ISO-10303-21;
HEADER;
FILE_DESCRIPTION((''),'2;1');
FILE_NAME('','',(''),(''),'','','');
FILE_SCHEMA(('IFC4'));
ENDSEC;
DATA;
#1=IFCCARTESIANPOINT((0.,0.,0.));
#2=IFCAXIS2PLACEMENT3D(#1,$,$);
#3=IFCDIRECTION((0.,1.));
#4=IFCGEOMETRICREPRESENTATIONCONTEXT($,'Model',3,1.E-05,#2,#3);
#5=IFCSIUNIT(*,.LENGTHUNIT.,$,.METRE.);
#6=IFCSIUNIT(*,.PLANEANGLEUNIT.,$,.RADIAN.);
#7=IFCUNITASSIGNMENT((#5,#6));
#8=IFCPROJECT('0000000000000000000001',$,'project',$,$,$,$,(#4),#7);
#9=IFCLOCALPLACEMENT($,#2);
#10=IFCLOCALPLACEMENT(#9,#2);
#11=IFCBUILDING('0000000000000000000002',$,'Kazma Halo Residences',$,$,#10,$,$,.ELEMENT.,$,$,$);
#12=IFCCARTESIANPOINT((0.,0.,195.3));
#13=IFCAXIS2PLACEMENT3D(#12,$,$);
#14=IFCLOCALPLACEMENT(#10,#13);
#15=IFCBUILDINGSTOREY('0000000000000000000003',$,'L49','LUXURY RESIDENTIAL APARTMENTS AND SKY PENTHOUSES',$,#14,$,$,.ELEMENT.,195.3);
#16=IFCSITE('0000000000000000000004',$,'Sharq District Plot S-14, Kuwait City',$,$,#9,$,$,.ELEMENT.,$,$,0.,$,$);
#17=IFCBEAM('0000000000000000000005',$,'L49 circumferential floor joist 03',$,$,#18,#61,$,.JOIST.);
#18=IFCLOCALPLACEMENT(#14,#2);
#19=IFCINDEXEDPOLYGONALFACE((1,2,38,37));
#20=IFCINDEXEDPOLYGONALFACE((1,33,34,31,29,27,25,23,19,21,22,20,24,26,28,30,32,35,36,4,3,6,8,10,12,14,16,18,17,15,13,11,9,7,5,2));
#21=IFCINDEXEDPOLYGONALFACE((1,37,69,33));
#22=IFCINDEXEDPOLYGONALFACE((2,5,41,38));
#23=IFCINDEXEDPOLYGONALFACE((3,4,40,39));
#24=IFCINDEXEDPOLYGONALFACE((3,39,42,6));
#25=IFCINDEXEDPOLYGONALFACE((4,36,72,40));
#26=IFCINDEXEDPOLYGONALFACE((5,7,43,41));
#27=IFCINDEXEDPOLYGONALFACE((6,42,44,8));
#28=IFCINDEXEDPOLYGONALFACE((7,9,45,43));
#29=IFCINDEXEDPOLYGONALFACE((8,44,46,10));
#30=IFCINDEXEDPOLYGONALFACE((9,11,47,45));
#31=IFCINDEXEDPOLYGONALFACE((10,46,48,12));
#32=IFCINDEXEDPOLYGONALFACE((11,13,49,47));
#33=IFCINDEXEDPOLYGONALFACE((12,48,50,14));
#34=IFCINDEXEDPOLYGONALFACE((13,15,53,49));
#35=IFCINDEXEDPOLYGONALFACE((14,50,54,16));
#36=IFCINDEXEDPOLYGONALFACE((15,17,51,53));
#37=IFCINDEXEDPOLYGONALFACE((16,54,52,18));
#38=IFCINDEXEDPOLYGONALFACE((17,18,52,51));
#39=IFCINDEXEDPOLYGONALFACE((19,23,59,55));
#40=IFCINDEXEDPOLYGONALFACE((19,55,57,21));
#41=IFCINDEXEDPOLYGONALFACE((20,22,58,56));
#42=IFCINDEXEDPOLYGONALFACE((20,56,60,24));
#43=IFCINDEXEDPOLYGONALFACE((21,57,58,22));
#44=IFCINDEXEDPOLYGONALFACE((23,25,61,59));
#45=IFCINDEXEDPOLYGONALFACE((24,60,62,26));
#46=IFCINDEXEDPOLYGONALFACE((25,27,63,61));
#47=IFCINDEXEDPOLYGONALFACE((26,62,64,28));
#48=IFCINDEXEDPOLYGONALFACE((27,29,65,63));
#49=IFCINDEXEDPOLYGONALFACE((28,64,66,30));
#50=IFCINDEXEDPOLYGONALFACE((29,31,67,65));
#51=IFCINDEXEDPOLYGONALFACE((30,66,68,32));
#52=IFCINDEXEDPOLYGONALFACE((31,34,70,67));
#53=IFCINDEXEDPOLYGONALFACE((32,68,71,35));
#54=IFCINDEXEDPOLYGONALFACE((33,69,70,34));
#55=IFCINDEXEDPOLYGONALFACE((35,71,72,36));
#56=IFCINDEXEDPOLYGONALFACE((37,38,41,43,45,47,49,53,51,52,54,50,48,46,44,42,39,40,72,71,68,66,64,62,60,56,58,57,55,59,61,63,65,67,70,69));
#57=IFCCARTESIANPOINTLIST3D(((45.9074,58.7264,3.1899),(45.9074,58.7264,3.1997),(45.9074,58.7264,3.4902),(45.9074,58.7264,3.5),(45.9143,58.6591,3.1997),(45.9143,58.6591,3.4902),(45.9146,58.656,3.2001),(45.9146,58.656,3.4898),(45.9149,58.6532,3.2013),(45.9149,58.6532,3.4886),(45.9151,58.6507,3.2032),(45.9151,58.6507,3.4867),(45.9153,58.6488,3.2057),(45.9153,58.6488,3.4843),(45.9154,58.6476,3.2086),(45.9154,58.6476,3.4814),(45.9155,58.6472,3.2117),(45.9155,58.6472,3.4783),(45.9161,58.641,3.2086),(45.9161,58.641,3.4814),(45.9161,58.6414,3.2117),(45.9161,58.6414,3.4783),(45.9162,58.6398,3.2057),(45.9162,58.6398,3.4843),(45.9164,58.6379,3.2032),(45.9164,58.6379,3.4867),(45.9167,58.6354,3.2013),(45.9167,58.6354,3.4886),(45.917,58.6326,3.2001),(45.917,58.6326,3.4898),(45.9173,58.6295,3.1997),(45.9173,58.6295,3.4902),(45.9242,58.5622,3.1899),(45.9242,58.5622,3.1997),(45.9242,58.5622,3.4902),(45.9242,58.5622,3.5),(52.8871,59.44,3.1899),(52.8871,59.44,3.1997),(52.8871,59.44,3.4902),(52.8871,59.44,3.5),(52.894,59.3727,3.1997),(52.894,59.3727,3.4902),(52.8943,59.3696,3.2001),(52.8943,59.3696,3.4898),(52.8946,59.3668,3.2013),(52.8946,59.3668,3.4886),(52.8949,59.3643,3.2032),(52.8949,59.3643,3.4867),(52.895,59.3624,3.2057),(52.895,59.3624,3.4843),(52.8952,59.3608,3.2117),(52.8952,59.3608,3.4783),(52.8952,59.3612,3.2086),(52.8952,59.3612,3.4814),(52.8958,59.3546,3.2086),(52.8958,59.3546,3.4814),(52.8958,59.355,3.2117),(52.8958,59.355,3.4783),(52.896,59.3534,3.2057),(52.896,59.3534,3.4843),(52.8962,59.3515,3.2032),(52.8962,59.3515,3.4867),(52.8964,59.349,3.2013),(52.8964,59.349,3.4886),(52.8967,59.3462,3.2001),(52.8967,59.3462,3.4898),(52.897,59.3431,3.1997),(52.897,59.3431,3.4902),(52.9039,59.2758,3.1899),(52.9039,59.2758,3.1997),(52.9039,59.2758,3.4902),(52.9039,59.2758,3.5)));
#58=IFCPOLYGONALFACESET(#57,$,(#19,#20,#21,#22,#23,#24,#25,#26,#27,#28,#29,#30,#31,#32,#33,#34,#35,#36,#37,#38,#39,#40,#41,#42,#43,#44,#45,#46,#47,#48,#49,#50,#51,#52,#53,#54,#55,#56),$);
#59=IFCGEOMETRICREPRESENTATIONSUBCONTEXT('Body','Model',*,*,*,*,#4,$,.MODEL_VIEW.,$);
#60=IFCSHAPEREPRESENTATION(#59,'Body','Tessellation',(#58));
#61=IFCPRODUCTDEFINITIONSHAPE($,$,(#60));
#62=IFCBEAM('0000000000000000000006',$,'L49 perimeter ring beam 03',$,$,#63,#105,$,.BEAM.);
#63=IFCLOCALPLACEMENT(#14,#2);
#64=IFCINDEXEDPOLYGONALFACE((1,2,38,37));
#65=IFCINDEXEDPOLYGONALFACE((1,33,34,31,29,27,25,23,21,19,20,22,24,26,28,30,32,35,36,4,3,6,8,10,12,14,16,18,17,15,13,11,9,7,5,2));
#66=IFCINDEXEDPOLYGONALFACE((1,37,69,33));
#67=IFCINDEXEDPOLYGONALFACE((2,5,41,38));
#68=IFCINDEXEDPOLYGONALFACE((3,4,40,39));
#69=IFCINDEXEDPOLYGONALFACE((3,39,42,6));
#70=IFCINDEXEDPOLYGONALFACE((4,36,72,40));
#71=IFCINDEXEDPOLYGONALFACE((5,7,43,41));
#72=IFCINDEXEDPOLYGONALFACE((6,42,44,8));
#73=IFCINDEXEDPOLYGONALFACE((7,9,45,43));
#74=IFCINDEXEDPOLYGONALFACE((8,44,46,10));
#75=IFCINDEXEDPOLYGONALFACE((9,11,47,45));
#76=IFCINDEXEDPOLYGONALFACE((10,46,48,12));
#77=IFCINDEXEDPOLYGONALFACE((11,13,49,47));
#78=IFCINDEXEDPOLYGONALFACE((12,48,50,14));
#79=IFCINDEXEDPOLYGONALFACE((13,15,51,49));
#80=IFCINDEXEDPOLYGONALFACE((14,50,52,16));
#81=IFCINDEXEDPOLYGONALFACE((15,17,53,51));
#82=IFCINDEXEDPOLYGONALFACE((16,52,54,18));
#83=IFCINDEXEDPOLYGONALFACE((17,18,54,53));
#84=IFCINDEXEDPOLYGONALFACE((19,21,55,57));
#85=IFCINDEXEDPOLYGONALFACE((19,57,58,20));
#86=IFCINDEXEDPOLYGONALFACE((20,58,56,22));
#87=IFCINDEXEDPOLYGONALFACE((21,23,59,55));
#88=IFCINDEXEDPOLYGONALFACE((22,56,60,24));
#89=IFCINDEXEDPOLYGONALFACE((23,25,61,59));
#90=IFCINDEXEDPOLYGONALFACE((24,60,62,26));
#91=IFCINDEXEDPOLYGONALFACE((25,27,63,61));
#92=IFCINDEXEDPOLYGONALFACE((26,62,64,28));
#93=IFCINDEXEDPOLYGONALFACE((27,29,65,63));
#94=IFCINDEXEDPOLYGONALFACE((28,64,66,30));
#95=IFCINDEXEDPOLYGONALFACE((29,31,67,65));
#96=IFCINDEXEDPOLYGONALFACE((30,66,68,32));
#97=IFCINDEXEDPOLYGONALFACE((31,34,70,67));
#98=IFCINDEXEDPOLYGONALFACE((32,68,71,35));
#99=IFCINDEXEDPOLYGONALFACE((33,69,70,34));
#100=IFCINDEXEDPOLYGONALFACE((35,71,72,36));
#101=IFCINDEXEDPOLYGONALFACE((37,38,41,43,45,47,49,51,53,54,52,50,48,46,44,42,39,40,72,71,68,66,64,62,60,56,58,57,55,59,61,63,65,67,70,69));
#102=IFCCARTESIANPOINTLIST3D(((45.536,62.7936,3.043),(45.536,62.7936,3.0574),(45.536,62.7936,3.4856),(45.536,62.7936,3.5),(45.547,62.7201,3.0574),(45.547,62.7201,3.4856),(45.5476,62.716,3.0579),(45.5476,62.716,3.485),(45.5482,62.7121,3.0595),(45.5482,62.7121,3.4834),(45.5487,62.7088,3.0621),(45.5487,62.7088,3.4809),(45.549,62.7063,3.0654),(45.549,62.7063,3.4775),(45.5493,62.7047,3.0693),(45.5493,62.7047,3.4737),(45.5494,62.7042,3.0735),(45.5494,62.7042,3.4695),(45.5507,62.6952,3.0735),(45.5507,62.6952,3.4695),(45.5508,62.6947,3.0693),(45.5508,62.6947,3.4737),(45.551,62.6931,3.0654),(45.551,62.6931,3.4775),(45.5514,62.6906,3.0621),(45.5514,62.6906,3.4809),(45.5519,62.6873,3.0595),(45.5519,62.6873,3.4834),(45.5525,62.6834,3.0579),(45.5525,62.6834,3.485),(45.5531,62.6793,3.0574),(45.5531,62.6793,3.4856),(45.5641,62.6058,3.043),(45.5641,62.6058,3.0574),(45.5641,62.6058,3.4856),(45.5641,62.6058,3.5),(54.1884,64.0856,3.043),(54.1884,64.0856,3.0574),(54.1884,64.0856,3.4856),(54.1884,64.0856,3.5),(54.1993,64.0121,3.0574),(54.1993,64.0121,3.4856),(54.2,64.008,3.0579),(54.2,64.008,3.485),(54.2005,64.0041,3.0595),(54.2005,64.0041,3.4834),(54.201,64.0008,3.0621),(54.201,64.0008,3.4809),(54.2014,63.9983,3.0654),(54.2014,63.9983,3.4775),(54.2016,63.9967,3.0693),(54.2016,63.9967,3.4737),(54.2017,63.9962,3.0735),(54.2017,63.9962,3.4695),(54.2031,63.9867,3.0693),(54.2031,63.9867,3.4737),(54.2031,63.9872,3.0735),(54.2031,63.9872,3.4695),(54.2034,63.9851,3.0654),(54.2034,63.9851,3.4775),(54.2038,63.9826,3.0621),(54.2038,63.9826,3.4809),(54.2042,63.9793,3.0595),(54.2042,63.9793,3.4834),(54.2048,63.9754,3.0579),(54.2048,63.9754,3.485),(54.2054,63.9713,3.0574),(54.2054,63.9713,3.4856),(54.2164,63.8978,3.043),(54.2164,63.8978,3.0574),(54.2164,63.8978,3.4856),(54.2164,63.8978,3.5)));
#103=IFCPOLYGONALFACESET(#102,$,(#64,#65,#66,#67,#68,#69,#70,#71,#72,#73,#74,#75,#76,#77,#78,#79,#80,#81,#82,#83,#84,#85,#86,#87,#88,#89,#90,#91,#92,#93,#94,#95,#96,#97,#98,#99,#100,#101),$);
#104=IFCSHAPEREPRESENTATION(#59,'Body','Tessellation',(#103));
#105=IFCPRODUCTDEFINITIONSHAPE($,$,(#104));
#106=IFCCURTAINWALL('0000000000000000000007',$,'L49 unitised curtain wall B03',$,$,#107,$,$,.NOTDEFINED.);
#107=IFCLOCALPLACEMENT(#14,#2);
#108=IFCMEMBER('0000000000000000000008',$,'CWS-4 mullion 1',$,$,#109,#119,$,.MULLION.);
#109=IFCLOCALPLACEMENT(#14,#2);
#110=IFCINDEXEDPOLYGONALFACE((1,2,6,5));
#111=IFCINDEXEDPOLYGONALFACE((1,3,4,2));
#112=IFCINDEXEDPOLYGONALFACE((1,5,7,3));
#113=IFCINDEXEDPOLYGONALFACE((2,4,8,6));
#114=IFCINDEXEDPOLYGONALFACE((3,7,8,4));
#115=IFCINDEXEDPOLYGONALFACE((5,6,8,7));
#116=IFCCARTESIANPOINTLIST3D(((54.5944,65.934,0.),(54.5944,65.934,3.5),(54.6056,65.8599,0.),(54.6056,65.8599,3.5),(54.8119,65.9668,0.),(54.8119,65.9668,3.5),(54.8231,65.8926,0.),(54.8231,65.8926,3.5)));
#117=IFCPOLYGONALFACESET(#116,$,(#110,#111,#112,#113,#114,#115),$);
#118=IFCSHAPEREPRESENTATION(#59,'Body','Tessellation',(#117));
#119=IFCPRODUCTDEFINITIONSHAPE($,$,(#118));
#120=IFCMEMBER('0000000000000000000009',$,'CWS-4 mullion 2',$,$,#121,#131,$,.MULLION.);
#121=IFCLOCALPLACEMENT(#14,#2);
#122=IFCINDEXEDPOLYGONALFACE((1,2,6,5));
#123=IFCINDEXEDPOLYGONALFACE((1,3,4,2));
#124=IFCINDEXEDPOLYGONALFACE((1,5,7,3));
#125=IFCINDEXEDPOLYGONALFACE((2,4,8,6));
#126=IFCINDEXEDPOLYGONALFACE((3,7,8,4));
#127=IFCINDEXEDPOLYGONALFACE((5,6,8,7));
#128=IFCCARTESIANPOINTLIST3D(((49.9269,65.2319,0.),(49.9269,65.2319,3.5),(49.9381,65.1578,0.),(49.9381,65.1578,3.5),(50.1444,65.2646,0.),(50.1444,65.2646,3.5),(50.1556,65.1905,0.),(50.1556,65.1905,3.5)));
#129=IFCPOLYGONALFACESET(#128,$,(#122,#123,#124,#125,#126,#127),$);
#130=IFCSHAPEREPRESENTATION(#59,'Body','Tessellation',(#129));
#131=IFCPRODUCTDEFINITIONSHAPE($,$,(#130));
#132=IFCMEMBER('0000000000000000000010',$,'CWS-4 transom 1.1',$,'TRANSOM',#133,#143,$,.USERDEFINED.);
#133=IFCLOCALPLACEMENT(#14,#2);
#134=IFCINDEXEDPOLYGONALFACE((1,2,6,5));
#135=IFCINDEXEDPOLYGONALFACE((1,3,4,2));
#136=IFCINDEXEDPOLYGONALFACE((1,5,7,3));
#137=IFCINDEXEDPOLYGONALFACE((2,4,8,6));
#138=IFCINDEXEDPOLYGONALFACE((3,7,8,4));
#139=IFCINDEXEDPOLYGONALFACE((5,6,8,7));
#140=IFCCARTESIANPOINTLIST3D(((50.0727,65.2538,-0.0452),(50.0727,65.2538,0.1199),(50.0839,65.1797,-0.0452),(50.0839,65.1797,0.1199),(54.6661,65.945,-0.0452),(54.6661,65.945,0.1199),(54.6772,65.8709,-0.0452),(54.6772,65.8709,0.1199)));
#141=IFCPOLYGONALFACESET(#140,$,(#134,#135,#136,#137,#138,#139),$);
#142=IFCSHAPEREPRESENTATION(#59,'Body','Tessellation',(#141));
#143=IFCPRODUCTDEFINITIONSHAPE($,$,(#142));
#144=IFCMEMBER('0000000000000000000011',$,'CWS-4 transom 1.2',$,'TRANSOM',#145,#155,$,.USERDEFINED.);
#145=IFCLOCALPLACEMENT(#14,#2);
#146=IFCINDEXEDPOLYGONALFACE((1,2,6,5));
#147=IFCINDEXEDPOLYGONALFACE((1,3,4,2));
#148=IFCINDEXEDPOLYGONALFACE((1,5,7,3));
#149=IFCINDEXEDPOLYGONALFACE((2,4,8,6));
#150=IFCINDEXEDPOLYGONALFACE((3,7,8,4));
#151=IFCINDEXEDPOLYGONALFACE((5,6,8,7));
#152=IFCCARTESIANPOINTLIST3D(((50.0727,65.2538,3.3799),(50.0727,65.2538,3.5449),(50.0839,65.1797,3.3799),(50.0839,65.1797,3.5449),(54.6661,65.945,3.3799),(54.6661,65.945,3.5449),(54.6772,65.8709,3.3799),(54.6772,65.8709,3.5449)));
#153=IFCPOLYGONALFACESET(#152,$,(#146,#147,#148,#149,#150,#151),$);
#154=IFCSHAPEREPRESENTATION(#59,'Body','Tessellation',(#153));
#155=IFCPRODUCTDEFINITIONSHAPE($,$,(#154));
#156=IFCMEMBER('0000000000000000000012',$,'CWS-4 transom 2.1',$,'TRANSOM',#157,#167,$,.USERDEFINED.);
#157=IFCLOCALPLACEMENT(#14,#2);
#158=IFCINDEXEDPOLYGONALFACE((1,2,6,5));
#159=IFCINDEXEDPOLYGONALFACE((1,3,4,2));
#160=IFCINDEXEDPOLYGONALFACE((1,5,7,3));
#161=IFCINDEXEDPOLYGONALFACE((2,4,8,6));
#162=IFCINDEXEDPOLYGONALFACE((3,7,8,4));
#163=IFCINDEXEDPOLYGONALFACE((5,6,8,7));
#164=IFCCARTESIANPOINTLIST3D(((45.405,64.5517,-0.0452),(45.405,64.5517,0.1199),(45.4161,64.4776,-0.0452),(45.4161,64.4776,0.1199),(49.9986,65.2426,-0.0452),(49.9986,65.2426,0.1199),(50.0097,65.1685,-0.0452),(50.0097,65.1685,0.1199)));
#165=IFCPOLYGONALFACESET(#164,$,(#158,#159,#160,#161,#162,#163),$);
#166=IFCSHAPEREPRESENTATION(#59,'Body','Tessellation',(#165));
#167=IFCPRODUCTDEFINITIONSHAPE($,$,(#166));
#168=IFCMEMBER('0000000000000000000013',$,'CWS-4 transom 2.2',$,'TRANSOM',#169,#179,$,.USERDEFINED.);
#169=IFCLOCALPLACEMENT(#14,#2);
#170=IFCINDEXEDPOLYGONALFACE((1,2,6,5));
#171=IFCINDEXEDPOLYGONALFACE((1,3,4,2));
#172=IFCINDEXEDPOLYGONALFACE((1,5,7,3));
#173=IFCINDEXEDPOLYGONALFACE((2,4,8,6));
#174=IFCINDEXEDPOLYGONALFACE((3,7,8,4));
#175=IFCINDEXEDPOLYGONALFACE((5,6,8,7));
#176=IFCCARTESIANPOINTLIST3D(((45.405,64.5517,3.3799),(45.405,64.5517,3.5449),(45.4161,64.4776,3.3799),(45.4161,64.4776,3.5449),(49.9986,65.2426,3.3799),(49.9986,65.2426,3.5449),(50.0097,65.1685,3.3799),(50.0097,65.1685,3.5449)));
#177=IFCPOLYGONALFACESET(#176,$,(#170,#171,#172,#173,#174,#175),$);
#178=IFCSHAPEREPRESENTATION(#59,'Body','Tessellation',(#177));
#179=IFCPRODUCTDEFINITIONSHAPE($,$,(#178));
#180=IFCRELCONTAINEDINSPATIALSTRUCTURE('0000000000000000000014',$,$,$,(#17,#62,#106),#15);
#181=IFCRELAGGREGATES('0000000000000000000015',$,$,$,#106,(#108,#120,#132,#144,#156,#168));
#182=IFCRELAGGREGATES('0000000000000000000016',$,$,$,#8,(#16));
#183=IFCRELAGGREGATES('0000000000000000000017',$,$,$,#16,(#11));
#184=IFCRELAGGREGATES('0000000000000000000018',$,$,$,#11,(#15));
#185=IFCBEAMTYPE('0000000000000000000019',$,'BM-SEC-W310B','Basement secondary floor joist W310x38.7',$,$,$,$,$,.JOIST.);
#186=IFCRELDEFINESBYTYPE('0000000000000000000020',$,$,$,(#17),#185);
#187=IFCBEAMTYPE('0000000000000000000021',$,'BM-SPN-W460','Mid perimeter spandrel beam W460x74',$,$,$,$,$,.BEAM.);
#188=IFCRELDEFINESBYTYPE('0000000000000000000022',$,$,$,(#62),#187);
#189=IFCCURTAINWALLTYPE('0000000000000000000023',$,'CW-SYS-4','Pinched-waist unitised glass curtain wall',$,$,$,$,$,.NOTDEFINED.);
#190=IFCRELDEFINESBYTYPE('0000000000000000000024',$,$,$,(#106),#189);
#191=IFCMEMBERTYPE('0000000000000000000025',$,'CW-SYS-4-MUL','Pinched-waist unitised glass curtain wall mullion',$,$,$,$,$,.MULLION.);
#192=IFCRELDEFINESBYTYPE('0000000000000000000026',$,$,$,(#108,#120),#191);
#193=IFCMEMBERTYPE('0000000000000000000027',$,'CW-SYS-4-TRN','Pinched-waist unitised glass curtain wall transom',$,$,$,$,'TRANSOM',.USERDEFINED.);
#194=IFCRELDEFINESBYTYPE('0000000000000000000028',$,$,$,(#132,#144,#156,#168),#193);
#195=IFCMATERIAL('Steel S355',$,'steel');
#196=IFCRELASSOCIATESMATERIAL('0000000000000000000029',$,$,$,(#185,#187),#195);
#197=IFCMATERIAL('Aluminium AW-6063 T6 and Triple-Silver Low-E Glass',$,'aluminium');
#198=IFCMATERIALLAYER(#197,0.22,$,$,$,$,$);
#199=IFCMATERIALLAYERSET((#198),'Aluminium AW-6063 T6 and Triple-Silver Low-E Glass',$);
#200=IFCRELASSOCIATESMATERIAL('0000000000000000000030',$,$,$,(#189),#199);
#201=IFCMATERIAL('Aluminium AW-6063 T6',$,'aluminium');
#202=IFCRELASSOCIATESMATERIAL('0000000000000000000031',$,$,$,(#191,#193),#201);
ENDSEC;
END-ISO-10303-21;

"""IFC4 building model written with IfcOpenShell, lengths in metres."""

from ifc_helpers import new_model, si_unit, direction, frame, origin, origin_2d, place, context, subcontext, project, spatial, rectangle, i_section, extrude, material, layer, layer_set, material_profile, profile_set, type_object, element, aggregate, save


model = new_model("IFC4")

# Units and contexts
model_context = context("Model", 3, precision=1e-05, world=origin(), true_north=direction((0.0, 1.0)))
body_context = subcontext(model_context, "Body", "Model", "MODEL_VIEW")
ifc_project = project(units=[si_unit("LENGTHUNIT", "METRE"), si_unit("PLANEANGLEUNIT", "RADIAN")], contexts=[model_context])

# Site, building, storey
site_placement = place(None, origin())
site = spatial("IfcSite", under=ifc_project, at=site_placement, Name="Sharq District Plot S-14, Kuwait City", CompositionType="ELEMENT", RefElevation=0.0)
building_placement = place(site_placement, origin())
building = spatial("IfcBuilding", under=site, at=building_placement, Name="Kazma Halo Residences", CompositionType="ELEMENT")
storey_placement = place(building_placement, frame((0.0, 0.0, 195.3)))
storey = spatial("IfcBuildingStorey", under=building, at=storey_placement, Name="L49", Description="LUXURY RESIDENTIAL APARTMENTS AND SKY PENTHOUSES", CompositionType="ELEMENT", Elevation=195.3)

# Beams
ifc_material_1 = material(Name="Steel S355", Category="steel")
ifc_material_profile_1 = material_profile(ifc_material_1, i_section(OverallWidth=0.165, OverallDepth=0.3101, WebThickness=0.0059, FlangeThickness=0.0098, FilletRadius=0.012, at=origin_2d()), Name="W310x38.7")
ifc_profile_set_1 = profile_set([ifc_material_profile_1], Name="Steel S355")
beam_type_1 = type_object("IfcBeamType", Name="BM-SEC-W310B", Description="Basement secondary floor joist W310x38.7", PredefinedType="JOIST", material=ifc_profile_set_1)
beam_1_placement = place(storey_placement, frame((52.8955, 59.3579, 3.345), z_axis=(-0.994814, -0.101712, 0.0), x_axis=(0.101712, -0.994814, 0.0)))
element("IfcBeam", 1, at=beam_1_placement, inside=storey, type_object=beam_type_1, Name="L49 circumferential floor joist 03", PredefinedType="JOIST", context=body_context, shape_type="SweptSolid", body=[
    extrude(i_section(OverallWidth=0.165, OverallDepth=0.3101, WebThickness=0.0059, FlangeThickness=0.0098, FilletRadius=0.012, at=origin_2d()), origin(), (0.0, 0.0, 1.0), 7.0161),
])
ifc_material_profile_2 = material_profile(ifc_material_1, i_section(OverallWidth=0.1899, OverallDepth=0.457, WebThickness=0.009, FlangeThickness=0.0144, FilletRadius=0.0161, at=origin_2d()), Name="W460x74")
ifc_profile_set_2 = profile_set([ifc_material_profile_2], Name="Steel S355")
beam_type_2 = type_object("IfcBeamType", Name="BM-SPN-W460", Description="Mid perimeter spandrel beam W460x74", PredefinedType="BEAM", material=ifc_profile_set_2)
beam_2_placement = place(storey_placement, frame((54.2024, 63.9917, 3.2715), z_axis=(-0.989034, -0.147685, 0.0), x_axis=(0.147685, -0.989034, 0.0)))
element("IfcBeam", 2, at=beam_2_placement, inside=storey, type_object=beam_type_2, Name="L49 perimeter ring beam 03", PredefinedType="BEAM", context=body_context, shape_type="SweptSolid", body=[
    extrude(i_section(OverallWidth=0.1899, OverallDepth=0.457, WebThickness=0.009, FlangeThickness=0.0144, FilletRadius=0.0161, at=origin_2d()), origin(), (0.0, 0.0, 1.0), 8.7483),
])

# Curtain wall, members
ifc_material_2 = material(Name="Aluminium AW-6063 T6 and Triple-Silver Low-E Glass", Category="aluminium")
ifc_layer_1 = layer(ifc_material_2, 0.22)
ifc_layer_set_1 = layer_set([ifc_layer_1], Name="Aluminium AW-6063 T6 and Triple-Silver Low-E Glass")
curtain_wall_type = type_object("IfcCurtainWallType", Name="CW-SYS-4", Description="Pinched-waist unitised glass curtain wall", PredefinedType="NOTDEFINED", material=ifc_layer_set_1)
curtain_wall_placement = place(storey_placement, origin())
curtain_wall = element("IfcCurtainWall", 3, at=curtain_wall_placement, inside=storey, type_object=curtain_wall_type, Name="L49 unitised curtain wall B03", PredefinedType="NOTDEFINED")
ifc_material_3 = material(Name="Aluminium AW-6063 T6", Category="aluminium")
ifc_material_profile_3 = material_profile(ifc_material_3, rectangle(XDim=0.075, YDim=0.22, at=origin_2d()), Name="CWM-75x220")
ifc_profile_set_3 = profile_set([ifc_material_profile_3], Name="Aluminium AW-6063 T6")
member_type_1 = type_object("IfcMemberType", Name="CW-SYS-4-MUL", Description="Pinched-waist unitised glass curtain wall mullion", PredefinedType="MULLION", material=ifc_profile_set_3)
member_1_placement = place(storey_placement, frame((54.7087, 65.9133, 0.0), z_axis=(0.0, 0.0, 1.0), x_axis=(0.148773, -0.988871, 0.0)))
member_1 = element("IfcMember", 4, at=member_1_placement, type_object=member_type_1, Name="CWS-4 mullion 1", PredefinedType="MULLION", context=body_context, shape_type="SweptSolid", body=[
    extrude(rectangle(XDim=0.075, YDim=0.22, at=origin_2d()), origin(), (0.0, 0.0, 1.0), 3.5),
])
member_2_placement = place(storey_placement, frame((50.0413, 65.2112, 0.0), z_axis=(0.0, 0.0, 1.0), x_axis=(0.148773, -0.988871, 0.0)))
member_2 = element("IfcMember", 5, at=member_2_placement, type_object=member_type_1, Name="CWS-4 mullion 2", PredefinedType="MULLION", context=body_context, shape_type="SweptSolid", body=[
    extrude(rectangle(XDim=0.075, YDim=0.22, at=origin_2d()), origin(), (0.0, 0.0, 1.0), 3.5),
])
ifc_material_profile_4 = material_profile(ifc_material_3, rectangle(XDim=0.075, YDim=0.165, at=origin_2d()), Name="CWT-75x165")
ifc_profile_set_4 = profile_set([ifc_material_profile_4], Name="Aluminium AW-6063 T6")
member_type_2 = type_object("IfcMemberType", Name="CW-SYS-4-TRN", Description="Pinched-waist unitised glass curtain wall transom", ElementType="TRANSOM", PredefinedType="USERDEFINED", material=ifc_profile_set_4)
member_3_placement = place(storey_placement, frame((54.6716, 65.908, 0.0374), z_axis=(-0.988868, -0.148798, 0.0), x_axis=(0.148798, -0.988868, 0.0)))
member_3 = element("IfcMember", 6, at=member_3_placement, type_object=member_type_2, Name="CWS-4 transom 1.1", ObjectType="TRANSOM", PredefinedType="USERDEFINED", context=body_context, shape_type="SweptSolid", body=[
    extrude(rectangle(XDim=0.075, YDim=0.165, at=origin_2d()), origin(), (0.0, 0.0, 1.0), 4.645),
])
member_4_placement = place(storey_placement, frame((54.6716, 65.908, 3.4624), z_axis=(-0.988868, -0.148798, 0.0), x_axis=(0.148798, -0.988868, 0.0)))
member_4 = element("IfcMember", 7, at=member_4_placement, type_object=member_type_2, Name="CWS-4 transom 1.2", ObjectType="TRANSOM", PredefinedType="USERDEFINED", context=body_context, shape_type="SweptSolid", body=[
    extrude(rectangle(XDim=0.075, YDim=0.165, at=origin_2d()), origin(), (0.0, 0.0, 1.0), 4.645),
])
member_5_placement = place(storey_placement, frame((50.0042, 65.2056, 0.0374), z_axis=(-0.988877, -0.148739, 0.0), x_axis=(0.148739, -0.988877, 0.0)))
member_5 = element("IfcMember", 8, at=member_5_placement, type_object=member_type_2, Name="CWS-4 transom 2.1", ObjectType="TRANSOM", PredefinedType="USERDEFINED", context=body_context, shape_type="SweptSolid", body=[
    extrude(rectangle(XDim=0.075, YDim=0.165, at=origin_2d()), origin(), (0.0, 0.0, 1.0), 4.6453),
])
member_6_placement = place(storey_placement, frame((50.0042, 65.2056, 3.4624), z_axis=(-0.988877, -0.148739, 0.0), x_axis=(0.148739, -0.988877, 0.0)))
member_6 = element("IfcMember", 9, at=member_6_placement, type_object=member_type_2, Name="CWS-4 transom 2.2", ObjectType="TRANSOM", PredefinedType="USERDEFINED", context=body_context, shape_type="SweptSolid", body=[
    extrude(rectangle(XDim=0.075, YDim=0.165, at=origin_2d()), origin(), (0.0, 0.0, 1.0), 4.6453),
])
aggregate(curtain_wall, [member_1, member_2, member_3, member_4, member_5, member_6])

save(model, "model.ifc")
